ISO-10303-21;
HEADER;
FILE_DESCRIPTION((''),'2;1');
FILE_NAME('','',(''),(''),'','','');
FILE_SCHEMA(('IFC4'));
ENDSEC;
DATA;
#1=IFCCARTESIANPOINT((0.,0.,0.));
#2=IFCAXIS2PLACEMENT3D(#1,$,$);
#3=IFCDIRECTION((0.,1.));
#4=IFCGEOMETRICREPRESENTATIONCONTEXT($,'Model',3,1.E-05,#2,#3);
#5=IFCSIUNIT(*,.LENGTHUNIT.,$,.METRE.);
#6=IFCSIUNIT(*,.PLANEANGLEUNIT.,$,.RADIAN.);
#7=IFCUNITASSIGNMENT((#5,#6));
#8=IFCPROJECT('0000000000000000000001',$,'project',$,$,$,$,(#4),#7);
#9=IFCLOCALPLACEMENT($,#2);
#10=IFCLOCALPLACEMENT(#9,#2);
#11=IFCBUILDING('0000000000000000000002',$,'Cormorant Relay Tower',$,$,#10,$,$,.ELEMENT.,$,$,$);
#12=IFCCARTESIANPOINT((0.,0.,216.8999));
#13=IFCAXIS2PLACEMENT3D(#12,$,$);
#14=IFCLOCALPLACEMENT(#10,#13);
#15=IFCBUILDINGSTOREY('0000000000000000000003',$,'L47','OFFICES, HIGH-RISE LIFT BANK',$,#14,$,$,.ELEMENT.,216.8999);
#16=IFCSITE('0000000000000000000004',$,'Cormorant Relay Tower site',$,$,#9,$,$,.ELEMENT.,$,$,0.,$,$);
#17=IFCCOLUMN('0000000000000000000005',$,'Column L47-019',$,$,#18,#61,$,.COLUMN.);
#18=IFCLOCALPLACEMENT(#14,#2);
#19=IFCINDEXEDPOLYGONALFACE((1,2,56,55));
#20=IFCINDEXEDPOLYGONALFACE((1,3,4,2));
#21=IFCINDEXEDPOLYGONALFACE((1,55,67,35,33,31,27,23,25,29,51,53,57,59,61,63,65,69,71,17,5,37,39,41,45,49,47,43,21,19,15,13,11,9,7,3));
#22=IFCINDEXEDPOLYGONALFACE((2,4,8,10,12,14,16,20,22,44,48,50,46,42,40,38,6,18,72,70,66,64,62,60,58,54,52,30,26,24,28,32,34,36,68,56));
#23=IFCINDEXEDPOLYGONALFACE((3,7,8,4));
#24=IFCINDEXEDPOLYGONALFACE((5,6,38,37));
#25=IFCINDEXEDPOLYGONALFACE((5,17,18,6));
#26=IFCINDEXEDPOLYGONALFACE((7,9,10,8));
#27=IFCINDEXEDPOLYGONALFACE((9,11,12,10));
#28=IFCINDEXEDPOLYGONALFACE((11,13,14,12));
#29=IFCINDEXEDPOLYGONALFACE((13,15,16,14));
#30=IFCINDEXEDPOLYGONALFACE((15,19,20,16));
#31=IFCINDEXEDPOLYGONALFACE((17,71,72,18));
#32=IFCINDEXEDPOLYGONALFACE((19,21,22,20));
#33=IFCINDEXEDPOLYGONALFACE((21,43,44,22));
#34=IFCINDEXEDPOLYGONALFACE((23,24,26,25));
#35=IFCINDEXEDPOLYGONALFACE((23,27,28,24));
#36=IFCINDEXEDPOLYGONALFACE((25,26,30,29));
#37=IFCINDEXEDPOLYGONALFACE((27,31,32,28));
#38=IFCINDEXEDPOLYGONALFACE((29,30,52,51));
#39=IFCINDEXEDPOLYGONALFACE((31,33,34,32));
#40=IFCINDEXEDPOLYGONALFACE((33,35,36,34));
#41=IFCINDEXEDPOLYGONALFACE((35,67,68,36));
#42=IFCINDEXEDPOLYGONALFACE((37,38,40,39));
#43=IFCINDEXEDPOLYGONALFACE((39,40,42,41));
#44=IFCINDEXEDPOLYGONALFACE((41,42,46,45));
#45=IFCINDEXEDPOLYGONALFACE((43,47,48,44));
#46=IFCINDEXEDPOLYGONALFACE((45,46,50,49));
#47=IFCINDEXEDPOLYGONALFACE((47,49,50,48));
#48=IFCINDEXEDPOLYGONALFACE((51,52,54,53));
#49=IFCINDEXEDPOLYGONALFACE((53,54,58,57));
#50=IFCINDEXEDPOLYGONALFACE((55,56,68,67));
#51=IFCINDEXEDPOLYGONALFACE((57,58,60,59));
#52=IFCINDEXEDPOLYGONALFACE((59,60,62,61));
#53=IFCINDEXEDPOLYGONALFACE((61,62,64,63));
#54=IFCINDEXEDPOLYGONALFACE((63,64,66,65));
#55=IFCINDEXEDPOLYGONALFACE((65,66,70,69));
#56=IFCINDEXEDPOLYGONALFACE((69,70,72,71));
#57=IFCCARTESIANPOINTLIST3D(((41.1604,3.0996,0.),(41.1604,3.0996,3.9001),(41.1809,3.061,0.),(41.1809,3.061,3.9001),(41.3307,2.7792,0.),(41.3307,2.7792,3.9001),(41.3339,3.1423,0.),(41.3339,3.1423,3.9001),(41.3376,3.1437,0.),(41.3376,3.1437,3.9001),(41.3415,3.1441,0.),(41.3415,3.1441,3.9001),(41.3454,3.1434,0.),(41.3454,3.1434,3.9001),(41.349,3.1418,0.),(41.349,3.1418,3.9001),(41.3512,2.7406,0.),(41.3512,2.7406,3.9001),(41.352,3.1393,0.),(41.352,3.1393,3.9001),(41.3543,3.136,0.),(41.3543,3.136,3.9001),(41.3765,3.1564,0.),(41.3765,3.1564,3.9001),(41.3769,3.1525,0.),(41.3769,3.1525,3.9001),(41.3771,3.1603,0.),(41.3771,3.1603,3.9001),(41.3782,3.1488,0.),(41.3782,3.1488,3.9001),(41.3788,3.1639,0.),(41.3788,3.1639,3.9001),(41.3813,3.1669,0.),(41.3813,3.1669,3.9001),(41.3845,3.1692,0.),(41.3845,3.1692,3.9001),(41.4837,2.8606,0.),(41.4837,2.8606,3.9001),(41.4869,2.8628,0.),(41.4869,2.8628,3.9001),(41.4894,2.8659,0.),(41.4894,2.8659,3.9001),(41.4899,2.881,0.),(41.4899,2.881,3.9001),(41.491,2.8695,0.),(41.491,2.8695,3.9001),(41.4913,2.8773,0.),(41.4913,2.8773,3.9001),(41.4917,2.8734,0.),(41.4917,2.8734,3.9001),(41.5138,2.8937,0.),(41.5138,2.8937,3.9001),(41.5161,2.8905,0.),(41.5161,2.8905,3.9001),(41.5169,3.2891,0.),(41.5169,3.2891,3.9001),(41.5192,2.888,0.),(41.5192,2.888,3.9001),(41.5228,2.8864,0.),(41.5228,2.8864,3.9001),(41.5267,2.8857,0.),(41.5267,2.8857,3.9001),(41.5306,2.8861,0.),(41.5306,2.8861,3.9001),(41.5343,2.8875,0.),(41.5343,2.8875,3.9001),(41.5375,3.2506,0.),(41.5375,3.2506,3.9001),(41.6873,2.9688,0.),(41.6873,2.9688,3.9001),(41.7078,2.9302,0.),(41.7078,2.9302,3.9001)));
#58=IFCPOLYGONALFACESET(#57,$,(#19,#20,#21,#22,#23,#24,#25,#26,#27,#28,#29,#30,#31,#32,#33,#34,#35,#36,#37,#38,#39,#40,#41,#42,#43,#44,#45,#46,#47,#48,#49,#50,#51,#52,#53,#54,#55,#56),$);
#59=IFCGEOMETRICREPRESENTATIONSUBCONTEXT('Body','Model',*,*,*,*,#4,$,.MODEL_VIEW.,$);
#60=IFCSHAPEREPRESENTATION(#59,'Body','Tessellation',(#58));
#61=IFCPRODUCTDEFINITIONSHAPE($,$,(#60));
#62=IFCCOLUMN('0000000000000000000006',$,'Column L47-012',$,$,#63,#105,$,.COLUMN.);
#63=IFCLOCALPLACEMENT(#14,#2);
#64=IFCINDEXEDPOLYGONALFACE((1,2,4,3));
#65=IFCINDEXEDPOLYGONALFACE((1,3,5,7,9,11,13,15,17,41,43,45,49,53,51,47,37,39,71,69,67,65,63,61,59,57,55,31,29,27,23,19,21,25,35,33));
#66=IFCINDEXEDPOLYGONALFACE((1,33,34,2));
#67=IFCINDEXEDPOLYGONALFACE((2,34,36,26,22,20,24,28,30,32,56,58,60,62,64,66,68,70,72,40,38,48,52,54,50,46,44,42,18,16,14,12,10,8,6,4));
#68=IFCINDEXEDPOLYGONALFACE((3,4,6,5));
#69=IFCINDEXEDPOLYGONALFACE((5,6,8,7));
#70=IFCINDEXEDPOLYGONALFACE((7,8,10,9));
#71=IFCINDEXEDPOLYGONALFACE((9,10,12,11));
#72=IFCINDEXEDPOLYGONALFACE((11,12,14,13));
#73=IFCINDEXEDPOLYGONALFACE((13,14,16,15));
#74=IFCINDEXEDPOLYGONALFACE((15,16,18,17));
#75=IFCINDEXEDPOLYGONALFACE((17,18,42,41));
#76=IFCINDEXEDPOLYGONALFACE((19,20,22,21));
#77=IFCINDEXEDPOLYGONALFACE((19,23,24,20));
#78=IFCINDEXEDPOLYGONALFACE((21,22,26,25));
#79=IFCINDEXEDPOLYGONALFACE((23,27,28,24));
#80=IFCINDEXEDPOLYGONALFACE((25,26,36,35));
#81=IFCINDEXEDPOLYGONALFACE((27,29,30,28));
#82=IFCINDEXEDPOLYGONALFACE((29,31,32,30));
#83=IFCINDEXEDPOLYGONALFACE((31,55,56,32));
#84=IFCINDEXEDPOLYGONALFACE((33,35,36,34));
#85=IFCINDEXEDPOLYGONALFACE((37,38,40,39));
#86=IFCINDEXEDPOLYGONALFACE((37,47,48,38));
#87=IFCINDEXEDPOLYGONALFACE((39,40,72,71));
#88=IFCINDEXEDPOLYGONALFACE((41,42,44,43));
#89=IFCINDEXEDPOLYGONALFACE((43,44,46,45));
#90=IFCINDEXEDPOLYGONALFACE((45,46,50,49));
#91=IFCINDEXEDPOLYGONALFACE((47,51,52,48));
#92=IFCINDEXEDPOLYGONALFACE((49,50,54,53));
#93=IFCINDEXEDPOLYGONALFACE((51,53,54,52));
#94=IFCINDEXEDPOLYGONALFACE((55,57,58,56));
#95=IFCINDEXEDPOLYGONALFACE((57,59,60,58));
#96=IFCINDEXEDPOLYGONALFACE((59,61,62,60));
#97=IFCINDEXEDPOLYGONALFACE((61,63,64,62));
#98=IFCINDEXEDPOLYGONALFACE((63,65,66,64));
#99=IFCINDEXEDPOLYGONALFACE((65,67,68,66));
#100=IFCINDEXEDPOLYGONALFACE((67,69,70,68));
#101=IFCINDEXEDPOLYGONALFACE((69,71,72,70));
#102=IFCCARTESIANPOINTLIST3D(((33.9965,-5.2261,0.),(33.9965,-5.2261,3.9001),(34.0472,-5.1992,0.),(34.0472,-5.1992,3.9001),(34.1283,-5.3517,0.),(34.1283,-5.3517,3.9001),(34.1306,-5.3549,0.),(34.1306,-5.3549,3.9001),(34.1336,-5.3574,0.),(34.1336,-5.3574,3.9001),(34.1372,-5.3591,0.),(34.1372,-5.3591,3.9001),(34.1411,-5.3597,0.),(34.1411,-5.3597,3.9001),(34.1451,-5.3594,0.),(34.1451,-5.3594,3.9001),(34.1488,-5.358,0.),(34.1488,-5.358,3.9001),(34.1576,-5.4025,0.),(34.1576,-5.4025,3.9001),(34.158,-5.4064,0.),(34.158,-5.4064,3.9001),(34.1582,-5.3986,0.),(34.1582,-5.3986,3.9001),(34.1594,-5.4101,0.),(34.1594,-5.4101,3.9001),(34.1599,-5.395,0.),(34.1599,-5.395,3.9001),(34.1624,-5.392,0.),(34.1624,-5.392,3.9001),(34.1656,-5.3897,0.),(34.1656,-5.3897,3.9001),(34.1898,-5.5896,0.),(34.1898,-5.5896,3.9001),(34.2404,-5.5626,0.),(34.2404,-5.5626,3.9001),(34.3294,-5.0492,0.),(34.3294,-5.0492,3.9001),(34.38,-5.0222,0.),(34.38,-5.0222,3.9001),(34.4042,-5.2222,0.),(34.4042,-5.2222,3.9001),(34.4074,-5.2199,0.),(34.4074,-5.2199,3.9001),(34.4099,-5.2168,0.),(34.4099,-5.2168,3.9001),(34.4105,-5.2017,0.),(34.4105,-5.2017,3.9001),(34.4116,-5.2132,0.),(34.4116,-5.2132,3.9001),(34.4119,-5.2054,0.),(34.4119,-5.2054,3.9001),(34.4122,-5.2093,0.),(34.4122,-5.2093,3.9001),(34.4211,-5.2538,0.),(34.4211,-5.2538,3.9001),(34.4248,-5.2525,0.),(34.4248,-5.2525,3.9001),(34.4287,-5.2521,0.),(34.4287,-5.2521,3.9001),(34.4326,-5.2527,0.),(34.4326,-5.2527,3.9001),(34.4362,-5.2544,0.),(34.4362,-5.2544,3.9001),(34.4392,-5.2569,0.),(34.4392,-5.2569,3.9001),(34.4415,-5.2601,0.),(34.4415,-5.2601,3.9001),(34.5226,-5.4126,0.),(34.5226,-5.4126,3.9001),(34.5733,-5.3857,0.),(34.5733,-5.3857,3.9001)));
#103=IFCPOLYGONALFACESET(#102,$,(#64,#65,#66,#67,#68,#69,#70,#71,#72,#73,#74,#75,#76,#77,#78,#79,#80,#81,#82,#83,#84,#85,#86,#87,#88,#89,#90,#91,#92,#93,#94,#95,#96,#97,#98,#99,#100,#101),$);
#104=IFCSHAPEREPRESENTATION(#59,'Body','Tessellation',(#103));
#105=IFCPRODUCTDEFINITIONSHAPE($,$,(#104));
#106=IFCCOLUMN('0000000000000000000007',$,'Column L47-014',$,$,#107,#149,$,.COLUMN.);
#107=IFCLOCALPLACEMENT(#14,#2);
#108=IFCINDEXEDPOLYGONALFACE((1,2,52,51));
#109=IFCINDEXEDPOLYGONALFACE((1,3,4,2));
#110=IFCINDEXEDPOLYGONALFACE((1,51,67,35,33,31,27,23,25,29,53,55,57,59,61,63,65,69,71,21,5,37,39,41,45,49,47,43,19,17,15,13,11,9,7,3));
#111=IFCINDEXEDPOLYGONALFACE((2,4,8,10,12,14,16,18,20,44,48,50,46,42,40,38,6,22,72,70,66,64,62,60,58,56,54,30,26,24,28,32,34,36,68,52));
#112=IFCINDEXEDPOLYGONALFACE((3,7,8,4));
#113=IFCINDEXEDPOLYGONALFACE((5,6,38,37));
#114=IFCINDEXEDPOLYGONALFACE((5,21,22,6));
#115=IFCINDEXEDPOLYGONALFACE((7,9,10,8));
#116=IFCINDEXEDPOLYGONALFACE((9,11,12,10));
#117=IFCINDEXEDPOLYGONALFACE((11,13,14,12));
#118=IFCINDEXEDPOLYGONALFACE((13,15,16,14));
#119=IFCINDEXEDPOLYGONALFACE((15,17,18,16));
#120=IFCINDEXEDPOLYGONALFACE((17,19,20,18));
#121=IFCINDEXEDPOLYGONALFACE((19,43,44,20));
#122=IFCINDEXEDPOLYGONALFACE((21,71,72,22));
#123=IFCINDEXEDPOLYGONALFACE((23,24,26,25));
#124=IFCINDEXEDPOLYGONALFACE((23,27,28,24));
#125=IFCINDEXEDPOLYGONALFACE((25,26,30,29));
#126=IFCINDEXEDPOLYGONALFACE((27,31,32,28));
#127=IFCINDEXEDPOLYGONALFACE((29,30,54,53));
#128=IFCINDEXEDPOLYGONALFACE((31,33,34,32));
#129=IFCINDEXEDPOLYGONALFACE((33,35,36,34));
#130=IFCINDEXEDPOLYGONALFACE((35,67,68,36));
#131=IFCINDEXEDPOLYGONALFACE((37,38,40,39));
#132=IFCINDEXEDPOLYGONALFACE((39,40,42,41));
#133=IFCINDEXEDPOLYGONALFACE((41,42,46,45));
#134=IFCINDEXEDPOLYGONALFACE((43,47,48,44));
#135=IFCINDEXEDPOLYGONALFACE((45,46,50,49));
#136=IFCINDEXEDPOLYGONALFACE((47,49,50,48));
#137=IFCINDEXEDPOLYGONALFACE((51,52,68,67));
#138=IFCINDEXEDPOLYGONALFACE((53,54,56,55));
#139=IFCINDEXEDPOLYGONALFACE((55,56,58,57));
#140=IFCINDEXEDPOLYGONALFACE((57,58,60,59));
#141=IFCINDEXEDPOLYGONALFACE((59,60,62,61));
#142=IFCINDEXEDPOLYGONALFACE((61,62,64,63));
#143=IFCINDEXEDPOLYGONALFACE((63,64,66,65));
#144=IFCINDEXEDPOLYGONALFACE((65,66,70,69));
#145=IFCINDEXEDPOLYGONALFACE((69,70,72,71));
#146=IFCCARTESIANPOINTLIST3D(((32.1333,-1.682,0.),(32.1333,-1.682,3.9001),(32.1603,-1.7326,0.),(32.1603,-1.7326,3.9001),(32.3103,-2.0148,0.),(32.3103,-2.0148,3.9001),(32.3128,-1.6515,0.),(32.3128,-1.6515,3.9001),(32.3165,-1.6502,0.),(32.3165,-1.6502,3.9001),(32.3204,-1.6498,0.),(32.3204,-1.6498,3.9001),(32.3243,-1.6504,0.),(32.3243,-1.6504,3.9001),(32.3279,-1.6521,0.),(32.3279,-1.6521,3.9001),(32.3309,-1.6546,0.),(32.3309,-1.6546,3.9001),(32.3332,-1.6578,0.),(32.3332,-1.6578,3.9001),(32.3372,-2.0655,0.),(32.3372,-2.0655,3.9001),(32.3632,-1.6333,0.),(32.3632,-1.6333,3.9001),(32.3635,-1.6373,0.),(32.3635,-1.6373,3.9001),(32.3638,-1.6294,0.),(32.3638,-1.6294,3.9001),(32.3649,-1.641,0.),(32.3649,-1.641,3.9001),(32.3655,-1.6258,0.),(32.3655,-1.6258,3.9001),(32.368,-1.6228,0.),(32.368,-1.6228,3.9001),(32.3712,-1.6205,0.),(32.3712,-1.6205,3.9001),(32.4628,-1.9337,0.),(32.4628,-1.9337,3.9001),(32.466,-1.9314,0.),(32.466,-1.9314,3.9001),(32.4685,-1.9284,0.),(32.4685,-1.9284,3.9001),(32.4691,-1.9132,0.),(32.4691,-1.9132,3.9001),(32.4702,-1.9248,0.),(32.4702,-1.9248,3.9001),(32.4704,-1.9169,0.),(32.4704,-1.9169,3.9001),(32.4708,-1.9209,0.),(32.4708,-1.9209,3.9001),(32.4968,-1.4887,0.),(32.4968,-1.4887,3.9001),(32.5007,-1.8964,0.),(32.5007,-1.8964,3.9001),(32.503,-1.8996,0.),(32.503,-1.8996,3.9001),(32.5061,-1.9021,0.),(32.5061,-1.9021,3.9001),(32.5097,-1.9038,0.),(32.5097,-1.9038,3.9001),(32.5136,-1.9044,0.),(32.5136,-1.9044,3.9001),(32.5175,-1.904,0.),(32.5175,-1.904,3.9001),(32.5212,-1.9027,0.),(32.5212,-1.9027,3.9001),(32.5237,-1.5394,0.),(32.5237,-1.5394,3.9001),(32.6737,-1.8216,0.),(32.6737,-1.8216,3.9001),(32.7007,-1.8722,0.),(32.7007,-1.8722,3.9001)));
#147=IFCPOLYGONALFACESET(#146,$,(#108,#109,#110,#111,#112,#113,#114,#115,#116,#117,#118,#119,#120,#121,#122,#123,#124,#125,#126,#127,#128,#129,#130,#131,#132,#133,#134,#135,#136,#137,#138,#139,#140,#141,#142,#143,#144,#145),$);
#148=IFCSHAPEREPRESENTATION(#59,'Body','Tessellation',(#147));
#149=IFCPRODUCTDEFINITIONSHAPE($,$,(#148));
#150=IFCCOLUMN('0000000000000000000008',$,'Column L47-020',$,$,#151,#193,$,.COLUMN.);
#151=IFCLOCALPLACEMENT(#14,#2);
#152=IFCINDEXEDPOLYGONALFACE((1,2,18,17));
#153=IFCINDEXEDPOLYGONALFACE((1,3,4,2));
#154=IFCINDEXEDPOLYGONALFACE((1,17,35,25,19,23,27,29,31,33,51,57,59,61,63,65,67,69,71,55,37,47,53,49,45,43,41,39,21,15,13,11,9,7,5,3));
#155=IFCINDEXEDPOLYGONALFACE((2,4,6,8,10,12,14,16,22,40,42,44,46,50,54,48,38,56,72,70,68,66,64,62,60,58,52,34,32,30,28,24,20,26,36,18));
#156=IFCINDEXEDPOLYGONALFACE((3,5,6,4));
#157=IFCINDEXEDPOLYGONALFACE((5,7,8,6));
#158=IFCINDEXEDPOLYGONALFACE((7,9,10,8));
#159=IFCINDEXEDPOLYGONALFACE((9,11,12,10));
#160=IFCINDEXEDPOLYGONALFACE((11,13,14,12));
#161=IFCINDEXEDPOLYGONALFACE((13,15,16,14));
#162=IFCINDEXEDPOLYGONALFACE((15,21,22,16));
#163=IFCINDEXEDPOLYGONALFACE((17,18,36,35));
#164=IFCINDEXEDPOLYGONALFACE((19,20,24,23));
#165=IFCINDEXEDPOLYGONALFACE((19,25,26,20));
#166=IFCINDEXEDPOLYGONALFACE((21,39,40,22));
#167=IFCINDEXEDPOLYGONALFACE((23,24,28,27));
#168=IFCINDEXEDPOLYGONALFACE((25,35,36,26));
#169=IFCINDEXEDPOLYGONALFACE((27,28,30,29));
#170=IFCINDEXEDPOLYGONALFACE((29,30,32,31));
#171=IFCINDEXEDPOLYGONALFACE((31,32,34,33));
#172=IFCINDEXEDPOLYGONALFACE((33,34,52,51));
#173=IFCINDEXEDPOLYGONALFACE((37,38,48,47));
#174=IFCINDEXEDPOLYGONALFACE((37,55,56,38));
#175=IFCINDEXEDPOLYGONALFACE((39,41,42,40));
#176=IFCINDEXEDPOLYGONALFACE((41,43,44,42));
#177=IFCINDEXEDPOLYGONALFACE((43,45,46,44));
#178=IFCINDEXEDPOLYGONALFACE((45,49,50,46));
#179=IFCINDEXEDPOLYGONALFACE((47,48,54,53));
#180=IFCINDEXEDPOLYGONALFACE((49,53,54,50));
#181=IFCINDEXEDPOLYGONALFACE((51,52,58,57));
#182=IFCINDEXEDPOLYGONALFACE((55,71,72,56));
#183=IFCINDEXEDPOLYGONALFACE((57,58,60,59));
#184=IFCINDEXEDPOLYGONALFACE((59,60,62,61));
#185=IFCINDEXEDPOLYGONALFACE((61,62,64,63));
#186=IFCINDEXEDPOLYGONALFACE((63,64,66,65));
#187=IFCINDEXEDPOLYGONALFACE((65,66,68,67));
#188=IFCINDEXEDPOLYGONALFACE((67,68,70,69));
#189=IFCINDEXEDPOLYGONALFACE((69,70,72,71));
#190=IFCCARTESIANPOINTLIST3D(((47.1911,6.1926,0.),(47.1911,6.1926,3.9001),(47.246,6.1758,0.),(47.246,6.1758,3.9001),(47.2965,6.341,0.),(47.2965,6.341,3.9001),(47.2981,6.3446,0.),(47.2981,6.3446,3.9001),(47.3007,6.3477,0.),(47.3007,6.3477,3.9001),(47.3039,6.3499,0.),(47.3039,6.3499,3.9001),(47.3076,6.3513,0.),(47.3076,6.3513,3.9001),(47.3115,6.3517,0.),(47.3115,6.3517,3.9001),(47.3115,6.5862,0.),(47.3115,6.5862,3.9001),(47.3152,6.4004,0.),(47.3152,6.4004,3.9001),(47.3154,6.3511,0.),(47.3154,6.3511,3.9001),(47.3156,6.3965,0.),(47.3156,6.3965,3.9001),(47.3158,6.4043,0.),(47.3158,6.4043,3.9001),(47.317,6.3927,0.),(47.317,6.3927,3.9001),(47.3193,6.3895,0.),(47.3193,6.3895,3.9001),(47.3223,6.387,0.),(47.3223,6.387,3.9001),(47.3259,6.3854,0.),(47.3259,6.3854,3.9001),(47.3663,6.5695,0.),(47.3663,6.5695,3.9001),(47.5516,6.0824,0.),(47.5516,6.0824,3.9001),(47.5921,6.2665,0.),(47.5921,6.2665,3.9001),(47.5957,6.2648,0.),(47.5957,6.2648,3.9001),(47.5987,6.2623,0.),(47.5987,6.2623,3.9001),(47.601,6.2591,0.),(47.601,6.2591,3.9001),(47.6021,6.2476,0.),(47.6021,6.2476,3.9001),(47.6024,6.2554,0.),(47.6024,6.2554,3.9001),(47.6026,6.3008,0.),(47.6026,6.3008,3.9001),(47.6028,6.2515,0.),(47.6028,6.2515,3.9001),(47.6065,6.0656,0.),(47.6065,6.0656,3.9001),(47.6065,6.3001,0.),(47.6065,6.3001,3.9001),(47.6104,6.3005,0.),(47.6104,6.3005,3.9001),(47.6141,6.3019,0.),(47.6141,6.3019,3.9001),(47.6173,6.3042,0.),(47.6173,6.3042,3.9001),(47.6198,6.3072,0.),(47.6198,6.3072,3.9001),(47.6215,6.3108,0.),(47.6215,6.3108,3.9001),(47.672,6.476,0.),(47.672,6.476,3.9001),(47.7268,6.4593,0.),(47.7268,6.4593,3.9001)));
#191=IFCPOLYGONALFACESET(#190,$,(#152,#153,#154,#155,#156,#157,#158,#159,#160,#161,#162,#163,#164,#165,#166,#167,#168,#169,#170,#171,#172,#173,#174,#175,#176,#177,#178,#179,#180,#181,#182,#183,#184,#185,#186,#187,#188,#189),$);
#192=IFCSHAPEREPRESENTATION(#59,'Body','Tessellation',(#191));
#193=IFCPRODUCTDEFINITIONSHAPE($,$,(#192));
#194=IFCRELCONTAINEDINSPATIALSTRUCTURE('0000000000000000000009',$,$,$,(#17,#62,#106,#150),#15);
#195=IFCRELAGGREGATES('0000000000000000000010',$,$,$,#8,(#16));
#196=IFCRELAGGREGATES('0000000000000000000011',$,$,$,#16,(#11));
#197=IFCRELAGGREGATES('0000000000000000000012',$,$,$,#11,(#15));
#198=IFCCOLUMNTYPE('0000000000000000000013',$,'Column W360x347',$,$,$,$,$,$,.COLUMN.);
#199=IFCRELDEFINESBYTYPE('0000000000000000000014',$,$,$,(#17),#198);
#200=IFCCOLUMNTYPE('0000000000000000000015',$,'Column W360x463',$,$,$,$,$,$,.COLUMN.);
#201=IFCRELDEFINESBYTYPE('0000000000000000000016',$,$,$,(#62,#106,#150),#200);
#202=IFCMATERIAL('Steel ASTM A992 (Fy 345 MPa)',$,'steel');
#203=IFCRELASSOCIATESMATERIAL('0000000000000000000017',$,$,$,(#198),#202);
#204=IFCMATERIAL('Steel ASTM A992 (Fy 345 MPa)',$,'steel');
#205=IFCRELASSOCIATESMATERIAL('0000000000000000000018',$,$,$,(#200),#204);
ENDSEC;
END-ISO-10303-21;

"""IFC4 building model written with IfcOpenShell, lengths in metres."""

from ifc_helpers import new_model, si_unit, direction, frame, origin, origin_2d, place, context, subcontext, project, spatial, i_section, extrude, material, material_profile, profile_set, type_object, element, save


model = new_model("IFC4")

# Units and contexts
model_context = context("Model", 3, precision=1e-05, world=origin(), true_north=direction((0.0, 1.0)))
body_context = subcontext(model_context, "Body", "Model", "MODEL_VIEW")
ifc_project = project(units=[si_unit("LENGTHUNIT", "METRE"), si_unit("PLANEANGLEUNIT", "RADIAN")], contexts=[model_context])

# Site, building, storey
site_placement = place(None, origin())
site = spatial("IfcSite", under=ifc_project, at=site_placement, Name="Cormorant Relay Tower site", CompositionType="ELEMENT", RefElevation=0.0)
building_placement = place(site_placement, origin())
building = spatial("IfcBuilding", under=site, at=building_placement, Name="Cormorant Relay Tower", CompositionType="ELEMENT")
storey_placement = place(building_placement, frame((0.0, 0.0, 216.8999)))
storey = spatial("IfcBuildingStorey", under=building, at=storey_placement, Name="L47", Description="OFFICES, HIGH-RISE LIFT BANK", CompositionType="ELEMENT", Elevation=216.8999)

# Columns
ifc_material_1 = material(Name="Steel ASTM A992 (Fy 345 MPa)", Category="steel")
ifc_material_profile_1 = material_profile(ifc_material_1, i_section(OverallWidth=0.4038, OverallDepth=0.4065, WebThickness=0.0271, FlangeThickness=0.0437, FilletRadius=0.0151, at=origin_2d()), Name="W360x347")
ifc_profile_set_1 = profile_set([ifc_material_profile_1], Name="Steel ASTM A992 (Fy 345 MPa)")
column_type_1 = type_object("IfcColumnType", Name="Column W360x347", PredefinedType="COLUMN", material=ifc_profile_set_1)
column_placement = place(storey_placement, frame((41.4341, 3.0149, 0.0), z_axis=(0.0, 0.0, 1.0), x_axis=(0.882948, 0.469472, 0.0)))
element("IfcColumn", 1, at=column_placement, inside=storey, type_object=column_type_1, Name="Column L47-019", PredefinedType="COLUMN", context=body_context, shape_type="SweptSolid", body=[
    extrude(i_section(OverallWidth=0.4038, OverallDepth=0.4065, WebThickness=0.0271, FlangeThickness=0.0437, FilletRadius=0.0151, at=origin_2d()), origin(), (0.0, 0.0, 1.0), 3.9001),
])
ifc_material_2 = material(Name="Steel ASTM A992 (Fy 345 MPa)", Category="steel")
ifc_material_profile_2 = material_profile(ifc_material_2, i_section(OverallWidth=0.4116, OverallDepth=0.4343, WebThickness=0.0359, FlangeThickness=0.0574, FilletRadius=0.0151, at=origin_2d()), Name="W360x463")
ifc_profile_set_2 = profile_set([ifc_material_profile_2], Name="Steel ASTM A992 (Fy 345 MPa)")
column_type_2 = type_object("IfcColumnType", Name="Column W360x463", PredefinedType="COLUMN", material=ifc_profile_set_2)
for number, where, z_axis, x_axis, name in (
    (2, (34.2849, -5.3059, 0.0), (0.0, 0.0, 1.0), (-0.469472, 0.882948, 0.0), "Column L47-012"),
    (3, (32.417, -1.7771, 0.0), (0.0, 0.0, 1.0), (0.882948, 0.469472, 0.0), "Column L47-014"),
    (4, (47.459, 6.3259, 0.0), (0.0, 0.0, 1.0), (0.292372, 0.956305, 0.0), "Column L47-020"),
):
    element("IfcColumn", number, at=place(storey_placement, frame(where, z_axis=z_axis, x_axis=x_axis)), inside=storey, type_object=column_type_2, Name=name, PredefinedType="COLUMN", context=body_context, shape_type="SweptSolid", body=[
        extrude(i_section(OverallWidth=0.4116, OverallDepth=0.4343, WebThickness=0.0359, FlangeThickness=0.0574, FilletRadius=0.0151, at=origin_2d()), origin(), (0.0, 0.0, 1.0), 3.9001),
    ])

save(model, "model.ifc")
